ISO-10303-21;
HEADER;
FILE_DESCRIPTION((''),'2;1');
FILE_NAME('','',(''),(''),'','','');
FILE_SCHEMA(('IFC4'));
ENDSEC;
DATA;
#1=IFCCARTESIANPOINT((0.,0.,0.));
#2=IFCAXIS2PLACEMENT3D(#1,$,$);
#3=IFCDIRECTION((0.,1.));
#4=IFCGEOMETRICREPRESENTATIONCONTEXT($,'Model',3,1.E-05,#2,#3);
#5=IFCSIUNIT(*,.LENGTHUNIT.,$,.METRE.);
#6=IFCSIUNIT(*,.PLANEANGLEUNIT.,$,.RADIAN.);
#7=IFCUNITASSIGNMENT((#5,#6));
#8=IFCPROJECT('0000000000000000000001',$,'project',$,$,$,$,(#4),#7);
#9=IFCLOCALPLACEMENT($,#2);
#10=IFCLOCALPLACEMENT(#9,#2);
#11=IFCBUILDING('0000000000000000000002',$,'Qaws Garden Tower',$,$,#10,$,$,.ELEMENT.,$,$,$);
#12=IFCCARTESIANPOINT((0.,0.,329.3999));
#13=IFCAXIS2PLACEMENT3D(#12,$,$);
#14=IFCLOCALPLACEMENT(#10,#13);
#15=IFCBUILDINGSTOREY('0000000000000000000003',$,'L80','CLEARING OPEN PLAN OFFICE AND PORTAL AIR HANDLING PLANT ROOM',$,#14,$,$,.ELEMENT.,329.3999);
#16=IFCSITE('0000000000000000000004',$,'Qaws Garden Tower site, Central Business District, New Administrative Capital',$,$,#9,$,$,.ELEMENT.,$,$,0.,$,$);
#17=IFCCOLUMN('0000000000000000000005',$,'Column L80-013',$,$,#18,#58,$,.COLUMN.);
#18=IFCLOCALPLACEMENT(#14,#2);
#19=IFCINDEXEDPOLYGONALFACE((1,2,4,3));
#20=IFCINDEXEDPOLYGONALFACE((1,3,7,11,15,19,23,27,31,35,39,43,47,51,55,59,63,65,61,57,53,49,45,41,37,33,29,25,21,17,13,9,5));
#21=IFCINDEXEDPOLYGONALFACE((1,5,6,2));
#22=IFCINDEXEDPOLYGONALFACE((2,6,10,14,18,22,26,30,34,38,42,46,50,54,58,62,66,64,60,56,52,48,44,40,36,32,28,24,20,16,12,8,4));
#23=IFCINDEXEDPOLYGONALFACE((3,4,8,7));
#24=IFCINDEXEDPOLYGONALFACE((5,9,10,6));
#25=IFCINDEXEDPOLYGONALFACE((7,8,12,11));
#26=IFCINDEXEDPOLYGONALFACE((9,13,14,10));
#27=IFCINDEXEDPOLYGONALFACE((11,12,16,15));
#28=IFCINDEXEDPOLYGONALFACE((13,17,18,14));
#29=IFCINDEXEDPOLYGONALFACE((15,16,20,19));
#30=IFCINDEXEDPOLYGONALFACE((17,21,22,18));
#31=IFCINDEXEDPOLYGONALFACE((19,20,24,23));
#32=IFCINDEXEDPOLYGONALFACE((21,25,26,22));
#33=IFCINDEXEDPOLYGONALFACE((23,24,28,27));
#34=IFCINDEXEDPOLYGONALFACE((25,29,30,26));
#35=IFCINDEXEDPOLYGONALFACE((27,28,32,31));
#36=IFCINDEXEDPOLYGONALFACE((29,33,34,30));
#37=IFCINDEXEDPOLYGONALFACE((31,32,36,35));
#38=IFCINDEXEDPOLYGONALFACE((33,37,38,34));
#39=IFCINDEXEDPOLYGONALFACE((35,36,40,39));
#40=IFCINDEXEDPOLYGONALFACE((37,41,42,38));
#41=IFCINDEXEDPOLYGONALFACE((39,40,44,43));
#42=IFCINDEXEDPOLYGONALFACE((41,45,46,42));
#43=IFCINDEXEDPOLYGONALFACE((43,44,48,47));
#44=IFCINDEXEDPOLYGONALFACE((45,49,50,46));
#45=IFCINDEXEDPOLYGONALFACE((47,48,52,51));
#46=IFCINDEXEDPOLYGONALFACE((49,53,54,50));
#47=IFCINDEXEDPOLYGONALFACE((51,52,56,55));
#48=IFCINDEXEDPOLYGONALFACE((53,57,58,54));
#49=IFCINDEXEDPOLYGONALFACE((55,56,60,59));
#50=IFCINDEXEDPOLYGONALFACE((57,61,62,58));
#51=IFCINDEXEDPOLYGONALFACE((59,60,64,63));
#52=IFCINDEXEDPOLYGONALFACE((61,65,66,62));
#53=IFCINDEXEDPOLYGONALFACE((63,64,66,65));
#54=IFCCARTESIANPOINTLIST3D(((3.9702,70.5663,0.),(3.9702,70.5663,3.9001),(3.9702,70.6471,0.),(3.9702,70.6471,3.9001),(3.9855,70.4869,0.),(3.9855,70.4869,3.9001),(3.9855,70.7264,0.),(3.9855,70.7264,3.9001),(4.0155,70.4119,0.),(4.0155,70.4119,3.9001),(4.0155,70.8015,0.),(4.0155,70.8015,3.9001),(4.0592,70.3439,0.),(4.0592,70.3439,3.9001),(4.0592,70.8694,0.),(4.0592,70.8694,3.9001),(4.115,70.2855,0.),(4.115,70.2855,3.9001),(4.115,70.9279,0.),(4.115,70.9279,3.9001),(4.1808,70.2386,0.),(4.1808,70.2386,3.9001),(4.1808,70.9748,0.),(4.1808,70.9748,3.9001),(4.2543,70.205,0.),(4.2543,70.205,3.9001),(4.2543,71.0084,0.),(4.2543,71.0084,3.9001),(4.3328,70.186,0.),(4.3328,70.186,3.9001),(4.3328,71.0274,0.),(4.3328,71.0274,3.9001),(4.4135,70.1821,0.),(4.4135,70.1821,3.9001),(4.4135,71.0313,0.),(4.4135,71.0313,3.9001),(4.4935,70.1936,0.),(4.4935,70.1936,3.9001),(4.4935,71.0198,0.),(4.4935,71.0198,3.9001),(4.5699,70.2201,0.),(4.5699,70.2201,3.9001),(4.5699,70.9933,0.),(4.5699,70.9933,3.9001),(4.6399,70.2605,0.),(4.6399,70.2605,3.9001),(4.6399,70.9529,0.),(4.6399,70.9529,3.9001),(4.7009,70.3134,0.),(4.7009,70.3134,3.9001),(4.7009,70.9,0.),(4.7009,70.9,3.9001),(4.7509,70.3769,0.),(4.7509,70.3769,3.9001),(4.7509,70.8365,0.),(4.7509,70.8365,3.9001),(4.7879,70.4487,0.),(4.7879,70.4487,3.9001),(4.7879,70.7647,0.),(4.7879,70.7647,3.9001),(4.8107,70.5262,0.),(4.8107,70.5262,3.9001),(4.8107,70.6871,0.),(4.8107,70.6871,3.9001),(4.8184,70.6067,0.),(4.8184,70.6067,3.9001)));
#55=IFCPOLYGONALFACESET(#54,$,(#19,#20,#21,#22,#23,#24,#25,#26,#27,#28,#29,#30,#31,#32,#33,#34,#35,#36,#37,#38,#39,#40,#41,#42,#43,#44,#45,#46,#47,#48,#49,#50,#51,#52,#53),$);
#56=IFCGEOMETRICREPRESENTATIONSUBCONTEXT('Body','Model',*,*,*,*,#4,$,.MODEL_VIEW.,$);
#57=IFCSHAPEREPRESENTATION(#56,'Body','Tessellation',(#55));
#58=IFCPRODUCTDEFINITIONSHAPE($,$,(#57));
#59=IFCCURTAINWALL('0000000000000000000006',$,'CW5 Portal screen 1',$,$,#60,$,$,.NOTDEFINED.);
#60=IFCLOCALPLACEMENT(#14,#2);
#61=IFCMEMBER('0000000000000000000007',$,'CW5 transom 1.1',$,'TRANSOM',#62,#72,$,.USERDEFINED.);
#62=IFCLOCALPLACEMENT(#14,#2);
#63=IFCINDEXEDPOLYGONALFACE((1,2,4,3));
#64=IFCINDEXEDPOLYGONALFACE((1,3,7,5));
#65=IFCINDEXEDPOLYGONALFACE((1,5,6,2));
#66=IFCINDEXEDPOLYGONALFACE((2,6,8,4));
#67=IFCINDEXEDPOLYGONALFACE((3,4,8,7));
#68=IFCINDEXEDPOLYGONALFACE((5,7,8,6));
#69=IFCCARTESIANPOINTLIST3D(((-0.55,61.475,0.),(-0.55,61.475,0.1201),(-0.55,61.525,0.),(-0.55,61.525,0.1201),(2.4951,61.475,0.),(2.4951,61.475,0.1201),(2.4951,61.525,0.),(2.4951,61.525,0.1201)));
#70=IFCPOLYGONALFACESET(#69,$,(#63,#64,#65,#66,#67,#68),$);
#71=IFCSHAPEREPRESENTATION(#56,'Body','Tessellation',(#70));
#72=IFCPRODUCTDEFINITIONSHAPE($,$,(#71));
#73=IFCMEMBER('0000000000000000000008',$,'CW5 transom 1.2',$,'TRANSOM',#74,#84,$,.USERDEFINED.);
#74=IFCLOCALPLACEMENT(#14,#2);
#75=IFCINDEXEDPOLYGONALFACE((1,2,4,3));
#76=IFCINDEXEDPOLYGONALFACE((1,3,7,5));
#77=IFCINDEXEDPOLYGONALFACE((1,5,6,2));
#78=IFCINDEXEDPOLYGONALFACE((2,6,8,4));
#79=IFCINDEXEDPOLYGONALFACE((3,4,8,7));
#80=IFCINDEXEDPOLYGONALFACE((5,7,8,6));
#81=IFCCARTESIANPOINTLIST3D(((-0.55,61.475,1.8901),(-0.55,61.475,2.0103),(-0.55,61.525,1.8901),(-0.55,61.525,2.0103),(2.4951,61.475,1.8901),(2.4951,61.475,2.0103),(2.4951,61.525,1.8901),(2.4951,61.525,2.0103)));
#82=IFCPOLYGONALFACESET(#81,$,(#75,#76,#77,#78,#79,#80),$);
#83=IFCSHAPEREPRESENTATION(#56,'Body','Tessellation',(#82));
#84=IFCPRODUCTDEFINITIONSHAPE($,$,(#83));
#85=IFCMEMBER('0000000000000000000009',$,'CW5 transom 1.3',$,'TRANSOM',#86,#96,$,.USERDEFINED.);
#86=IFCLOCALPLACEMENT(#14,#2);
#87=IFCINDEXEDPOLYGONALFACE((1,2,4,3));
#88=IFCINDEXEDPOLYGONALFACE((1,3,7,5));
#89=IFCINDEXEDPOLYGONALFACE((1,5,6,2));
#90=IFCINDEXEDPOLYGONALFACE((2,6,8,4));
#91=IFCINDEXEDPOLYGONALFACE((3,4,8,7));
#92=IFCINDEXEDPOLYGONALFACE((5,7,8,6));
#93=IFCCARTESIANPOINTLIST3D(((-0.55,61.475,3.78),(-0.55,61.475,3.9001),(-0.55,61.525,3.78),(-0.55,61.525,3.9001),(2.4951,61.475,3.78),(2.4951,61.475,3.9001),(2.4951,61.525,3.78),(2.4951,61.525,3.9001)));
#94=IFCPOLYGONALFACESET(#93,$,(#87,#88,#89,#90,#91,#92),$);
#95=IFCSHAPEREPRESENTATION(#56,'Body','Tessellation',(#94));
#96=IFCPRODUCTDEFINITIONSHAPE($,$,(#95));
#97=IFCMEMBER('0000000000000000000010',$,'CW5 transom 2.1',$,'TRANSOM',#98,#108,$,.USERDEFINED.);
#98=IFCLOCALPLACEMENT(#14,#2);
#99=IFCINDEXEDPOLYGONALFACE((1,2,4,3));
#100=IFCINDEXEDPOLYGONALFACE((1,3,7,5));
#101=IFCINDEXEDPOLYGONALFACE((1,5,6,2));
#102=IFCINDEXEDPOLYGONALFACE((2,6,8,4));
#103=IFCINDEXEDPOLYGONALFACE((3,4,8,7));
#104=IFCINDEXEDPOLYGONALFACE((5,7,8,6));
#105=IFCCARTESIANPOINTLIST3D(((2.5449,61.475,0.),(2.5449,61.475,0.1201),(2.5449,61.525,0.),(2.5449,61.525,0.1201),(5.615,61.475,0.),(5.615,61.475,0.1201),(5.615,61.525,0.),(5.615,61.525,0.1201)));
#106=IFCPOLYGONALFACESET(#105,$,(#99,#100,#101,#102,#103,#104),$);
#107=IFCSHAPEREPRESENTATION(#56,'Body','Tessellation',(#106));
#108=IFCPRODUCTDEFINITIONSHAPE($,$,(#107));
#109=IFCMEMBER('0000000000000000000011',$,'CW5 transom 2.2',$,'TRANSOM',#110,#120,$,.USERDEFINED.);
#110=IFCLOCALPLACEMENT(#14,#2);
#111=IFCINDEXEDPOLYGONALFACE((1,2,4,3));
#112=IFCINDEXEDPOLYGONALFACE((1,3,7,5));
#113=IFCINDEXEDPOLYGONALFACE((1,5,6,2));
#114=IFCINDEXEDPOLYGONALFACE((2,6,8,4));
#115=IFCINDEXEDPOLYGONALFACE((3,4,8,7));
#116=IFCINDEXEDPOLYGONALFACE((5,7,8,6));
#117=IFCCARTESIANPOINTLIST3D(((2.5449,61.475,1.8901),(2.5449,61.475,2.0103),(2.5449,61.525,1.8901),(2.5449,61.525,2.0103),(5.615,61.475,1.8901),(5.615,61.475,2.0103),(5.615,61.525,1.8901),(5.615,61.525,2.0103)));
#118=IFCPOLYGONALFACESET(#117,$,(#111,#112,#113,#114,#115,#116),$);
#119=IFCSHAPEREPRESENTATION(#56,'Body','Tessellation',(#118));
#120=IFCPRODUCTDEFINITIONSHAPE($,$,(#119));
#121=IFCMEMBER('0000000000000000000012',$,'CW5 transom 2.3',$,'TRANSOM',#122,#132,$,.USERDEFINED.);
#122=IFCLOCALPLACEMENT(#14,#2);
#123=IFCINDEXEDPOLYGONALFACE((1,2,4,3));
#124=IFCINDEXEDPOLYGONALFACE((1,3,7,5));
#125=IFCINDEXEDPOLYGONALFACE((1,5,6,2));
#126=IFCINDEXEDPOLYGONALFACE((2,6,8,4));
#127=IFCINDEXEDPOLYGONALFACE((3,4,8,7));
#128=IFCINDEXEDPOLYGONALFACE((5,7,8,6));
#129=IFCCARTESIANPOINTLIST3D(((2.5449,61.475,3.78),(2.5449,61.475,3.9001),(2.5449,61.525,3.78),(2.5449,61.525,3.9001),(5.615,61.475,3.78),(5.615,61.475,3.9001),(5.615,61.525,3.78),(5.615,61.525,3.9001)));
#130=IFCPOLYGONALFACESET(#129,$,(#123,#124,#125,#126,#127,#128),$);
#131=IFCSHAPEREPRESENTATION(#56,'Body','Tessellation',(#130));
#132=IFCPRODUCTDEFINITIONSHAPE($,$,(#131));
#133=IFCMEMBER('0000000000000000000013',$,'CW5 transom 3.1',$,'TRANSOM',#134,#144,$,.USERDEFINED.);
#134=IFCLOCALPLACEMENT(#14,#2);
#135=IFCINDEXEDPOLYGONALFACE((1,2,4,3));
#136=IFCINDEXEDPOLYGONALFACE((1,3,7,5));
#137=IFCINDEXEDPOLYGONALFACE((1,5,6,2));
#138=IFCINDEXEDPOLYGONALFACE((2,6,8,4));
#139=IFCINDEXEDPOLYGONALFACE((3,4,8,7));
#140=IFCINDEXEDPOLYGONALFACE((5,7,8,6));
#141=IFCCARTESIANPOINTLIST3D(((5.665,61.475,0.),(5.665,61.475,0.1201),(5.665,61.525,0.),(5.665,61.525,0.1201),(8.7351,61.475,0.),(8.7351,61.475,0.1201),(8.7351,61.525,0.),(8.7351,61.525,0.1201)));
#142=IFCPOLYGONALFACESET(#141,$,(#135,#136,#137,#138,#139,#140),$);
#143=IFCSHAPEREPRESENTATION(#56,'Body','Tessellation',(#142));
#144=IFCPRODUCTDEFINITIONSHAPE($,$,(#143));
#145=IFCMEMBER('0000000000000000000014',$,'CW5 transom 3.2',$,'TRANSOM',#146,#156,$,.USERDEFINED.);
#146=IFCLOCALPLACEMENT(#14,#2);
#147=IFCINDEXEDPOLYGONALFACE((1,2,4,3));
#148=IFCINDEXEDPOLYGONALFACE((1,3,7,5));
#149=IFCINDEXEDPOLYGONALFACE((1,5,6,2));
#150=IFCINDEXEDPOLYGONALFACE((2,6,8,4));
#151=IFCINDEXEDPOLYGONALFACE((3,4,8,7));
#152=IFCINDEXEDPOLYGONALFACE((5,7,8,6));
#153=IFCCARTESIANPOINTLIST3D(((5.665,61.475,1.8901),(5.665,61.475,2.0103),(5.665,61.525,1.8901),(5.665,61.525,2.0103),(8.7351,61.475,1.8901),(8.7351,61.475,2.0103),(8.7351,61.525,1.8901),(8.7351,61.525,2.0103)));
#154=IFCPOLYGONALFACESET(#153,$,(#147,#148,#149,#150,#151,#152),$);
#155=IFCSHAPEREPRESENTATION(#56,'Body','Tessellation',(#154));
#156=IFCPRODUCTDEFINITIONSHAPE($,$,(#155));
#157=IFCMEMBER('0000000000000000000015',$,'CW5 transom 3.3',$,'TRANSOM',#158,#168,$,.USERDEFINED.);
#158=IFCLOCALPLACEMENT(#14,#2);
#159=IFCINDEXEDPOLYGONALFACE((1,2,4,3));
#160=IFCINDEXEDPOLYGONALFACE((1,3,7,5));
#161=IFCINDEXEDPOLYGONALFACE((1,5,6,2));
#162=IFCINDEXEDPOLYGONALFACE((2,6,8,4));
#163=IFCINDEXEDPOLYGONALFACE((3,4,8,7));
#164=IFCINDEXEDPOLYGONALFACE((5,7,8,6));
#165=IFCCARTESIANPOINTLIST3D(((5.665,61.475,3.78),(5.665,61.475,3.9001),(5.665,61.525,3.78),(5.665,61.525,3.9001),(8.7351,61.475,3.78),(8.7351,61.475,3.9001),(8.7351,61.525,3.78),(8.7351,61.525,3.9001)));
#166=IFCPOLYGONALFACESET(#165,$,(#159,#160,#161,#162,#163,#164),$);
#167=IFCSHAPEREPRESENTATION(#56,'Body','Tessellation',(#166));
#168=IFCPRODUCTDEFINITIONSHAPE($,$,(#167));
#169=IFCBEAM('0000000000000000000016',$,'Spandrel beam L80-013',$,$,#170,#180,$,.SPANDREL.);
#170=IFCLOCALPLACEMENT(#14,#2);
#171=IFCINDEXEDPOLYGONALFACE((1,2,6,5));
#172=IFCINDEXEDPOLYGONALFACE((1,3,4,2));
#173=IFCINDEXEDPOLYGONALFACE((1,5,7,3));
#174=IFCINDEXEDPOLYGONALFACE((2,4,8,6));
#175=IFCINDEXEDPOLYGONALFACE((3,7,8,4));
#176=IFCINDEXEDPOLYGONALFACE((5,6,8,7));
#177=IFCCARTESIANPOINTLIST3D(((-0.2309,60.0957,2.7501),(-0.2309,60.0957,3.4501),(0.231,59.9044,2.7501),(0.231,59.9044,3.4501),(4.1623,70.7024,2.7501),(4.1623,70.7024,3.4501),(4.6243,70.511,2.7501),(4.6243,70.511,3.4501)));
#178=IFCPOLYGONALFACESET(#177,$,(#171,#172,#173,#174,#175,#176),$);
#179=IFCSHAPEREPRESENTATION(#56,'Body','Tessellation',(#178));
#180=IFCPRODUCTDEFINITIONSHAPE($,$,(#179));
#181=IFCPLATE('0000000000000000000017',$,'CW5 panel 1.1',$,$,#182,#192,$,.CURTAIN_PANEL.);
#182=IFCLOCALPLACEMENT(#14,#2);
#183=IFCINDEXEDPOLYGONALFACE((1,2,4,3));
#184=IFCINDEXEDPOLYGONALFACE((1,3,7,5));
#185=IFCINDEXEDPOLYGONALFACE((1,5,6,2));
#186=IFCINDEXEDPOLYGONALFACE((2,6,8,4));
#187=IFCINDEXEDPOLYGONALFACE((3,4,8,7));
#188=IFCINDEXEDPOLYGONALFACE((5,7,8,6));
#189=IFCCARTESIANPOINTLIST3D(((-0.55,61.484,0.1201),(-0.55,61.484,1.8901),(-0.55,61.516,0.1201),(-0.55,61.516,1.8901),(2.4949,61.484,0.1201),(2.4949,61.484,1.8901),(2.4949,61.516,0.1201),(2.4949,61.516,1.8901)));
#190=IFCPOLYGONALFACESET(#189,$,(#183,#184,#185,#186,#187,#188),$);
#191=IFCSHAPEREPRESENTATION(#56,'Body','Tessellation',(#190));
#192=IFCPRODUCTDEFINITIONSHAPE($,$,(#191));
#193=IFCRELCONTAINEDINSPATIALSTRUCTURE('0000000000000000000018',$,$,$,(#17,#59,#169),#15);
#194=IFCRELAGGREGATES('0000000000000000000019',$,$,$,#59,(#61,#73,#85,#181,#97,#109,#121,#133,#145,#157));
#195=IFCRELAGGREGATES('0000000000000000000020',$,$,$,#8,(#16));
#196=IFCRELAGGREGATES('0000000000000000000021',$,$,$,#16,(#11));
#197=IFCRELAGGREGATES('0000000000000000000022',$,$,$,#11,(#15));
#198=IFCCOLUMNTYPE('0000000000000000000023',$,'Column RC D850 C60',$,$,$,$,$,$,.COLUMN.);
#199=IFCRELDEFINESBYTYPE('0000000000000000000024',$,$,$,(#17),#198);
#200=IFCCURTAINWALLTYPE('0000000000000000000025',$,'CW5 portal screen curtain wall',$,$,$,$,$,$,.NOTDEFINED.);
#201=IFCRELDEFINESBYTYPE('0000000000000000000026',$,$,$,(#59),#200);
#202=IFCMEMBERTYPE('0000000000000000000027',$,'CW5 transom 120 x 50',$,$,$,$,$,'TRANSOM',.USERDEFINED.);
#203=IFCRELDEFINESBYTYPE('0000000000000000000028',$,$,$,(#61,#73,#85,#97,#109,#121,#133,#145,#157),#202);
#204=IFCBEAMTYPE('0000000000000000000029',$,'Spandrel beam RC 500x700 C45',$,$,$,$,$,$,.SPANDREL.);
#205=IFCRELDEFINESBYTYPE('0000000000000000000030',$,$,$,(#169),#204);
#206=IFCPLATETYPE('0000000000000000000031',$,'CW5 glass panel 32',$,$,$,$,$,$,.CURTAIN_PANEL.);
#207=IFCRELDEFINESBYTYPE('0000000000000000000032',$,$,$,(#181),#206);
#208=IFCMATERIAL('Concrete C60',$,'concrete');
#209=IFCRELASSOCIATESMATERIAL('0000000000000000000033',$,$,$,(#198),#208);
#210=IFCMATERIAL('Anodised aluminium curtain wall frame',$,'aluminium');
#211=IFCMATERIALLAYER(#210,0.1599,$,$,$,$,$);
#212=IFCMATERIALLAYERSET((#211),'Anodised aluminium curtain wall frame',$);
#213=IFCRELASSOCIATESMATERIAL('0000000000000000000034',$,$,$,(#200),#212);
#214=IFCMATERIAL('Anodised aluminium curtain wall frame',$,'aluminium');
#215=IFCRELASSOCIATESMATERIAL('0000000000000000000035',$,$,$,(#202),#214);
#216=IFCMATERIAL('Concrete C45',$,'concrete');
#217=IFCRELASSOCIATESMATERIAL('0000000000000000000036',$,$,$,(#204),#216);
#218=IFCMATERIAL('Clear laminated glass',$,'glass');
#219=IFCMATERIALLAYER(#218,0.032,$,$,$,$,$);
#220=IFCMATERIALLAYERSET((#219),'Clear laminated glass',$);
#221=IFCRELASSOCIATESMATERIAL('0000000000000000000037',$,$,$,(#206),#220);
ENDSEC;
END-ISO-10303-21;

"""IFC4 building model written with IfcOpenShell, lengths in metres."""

from ifc_helpers import new_model, si_unit, direction, frame, origin, origin_2d, place, context, subcontext, project, spatial, rectangle, circle, extrude, material, layer, layer_set, material_profile, profile_set, type_object, element, aggregate, save


model = new_model("IFC4")

# Units and contexts
model_context = context("Model", 3, precision=1e-05, world=origin(), true_north=direction((0.0, 1.0)))
body_context = subcontext(model_context, "Body", "Model", "MODEL_VIEW")
ifc_project = project(units=[si_unit("LENGTHUNIT", "METRE"), si_unit("PLANEANGLEUNIT", "RADIAN")], contexts=[model_context])

# Site, building, storey
site_placement = place(None, origin())
site = spatial("IfcSite", under=ifc_project, at=site_placement, Name="Qaws Garden Tower site, Central Business District, New Administrative Capital", CompositionType="ELEMENT", RefElevation=0.0)
building_placement = place(site_placement, origin())
building = spatial("IfcBuilding", under=site, at=building_placement, Name="Qaws Garden Tower", CompositionType="ELEMENT")
storey_placement = place(building_placement, frame((0.0, 0.0, 329.3999)))
storey = spatial("IfcBuildingStorey", under=building, at=storey_placement, Name="L80", Description="CLEARING OPEN PLAN OFFICE AND PORTAL AIR HANDLING PLANT ROOM", CompositionType="ELEMENT", Elevation=329.3999)

# Column
ifc_material_1 = material(Name="Concrete C60", Category="concrete")
ifc_material_profile_1 = material_profile(ifc_material_1, circle(Radius=0.425, at=origin_2d()), Name="RC D850")
ifc_profile_set_1 = profile_set([ifc_material_profile_1], Name="Concrete C60")
column_type = type_object("IfcColumnType", Name="Column RC D850 C60", PredefinedType="COLUMN", material=ifc_profile_set_1)
column_placement = place(storey_placement, frame((4.3933, 70.6067, 0.0), z_axis=(0.0, 0.0, 1.0), x_axis=(1.0, 0.0, 0.0)))
element("IfcColumn", 1, at=column_placement, inside=storey, type_object=column_type, Name="Column L80-013", PredefinedType="COLUMN", context=body_context, shape_type="SweptSolid", body=[
    extrude(circle(Radius=0.425, at=origin_2d()), origin(), (0.0, 0.0, 1.0), 3.9001),
])

# Curtain wall, members
ifc_material_2 = material(Name="Anodised aluminium curtain wall frame", Category="aluminium")
ifc_layer_1 = layer(ifc_material_2, 0.1599)
ifc_layer_set_1 = layer_set([ifc_layer_1], Name="Anodised aluminium curtain wall frame")
curtain_wall_type = type_object("IfcCurtainWallType", Name="CW5 portal screen curtain wall", PredefinedType="NOTDEFINED", material=ifc_layer_set_1)
curtain_wall_placement = place(storey_placement, origin())
curtain_wall = element("IfcCurtainWall", 2, at=curtain_wall_placement, inside=storey, type_object=curtain_wall_type, Name="CW5 Portal screen 1", PredefinedType="NOTDEFINED")
ifc_material_3 = material(Name="Anodised aluminium curtain wall frame", Category="aluminium")
ifc_material_profile_2 = material_profile(ifc_material_3, rectangle(XDim=0.05, YDim=0.1201, at=origin_2d()), Name="AL 50x120")
ifc_profile_set_2 = profile_set([ifc_material_profile_2], Name="Anodised aluminium curtain wall frame")
member_type = type_object("IfcMemberType", Name="CW5 transom 120 x 50", ElementType="TRANSOM", PredefinedType="USERDEFINED", material=ifc_profile_set_2)
member_1_placement = place(storey_placement, frame((-0.55, 61.5, 0.0601), z_axis=(1.0, 0.0, 0.0), x_axis=(0.0, 1.0, 0.0)))
member_1 = element("IfcMember", 3, at=member_1_placement, type_object=member_type, Name="CW5 transom 1.1", ObjectType="TRANSOM", PredefinedType="USERDEFINED", context=body_context, shape_type="SweptSolid", body=[
    extrude(rectangle(XDim=0.05, YDim=0.1201, at=origin_2d()), origin(), (0.0, 0.0, 1.0), 3.0452),
])
member_2_placement = place(storey_placement, frame((-0.55, 61.5, 1.9502), z_axis=(1.0, 0.0, 0.0), x_axis=(0.0, 1.0, 0.0)))
member_2 = element("IfcMember", 4, at=member_2_placement, type_object=member_type, Name="CW5 transom 1.2", ObjectType="TRANSOM", PredefinedType="USERDEFINED", context=body_context, shape_type="SweptSolid", body=[
    extrude(rectangle(XDim=0.05, YDim=0.1201, at=origin_2d()), origin(), (0.0, 0.0, 1.0), 3.0452),
])
member_3_placement = place(storey_placement, frame((-0.55, 61.5, 3.8401), z_axis=(1.0, 0.0, 0.0), x_axis=(0.0, 1.0, 0.0)))
member_3 = element("IfcMember", 5, at=member_3_placement, type_object=member_type, Name="CW5 transom 1.3", ObjectType="TRANSOM", PredefinedType="USERDEFINED", context=body_context, shape_type="SweptSolid", body=[
    extrude(rectangle(XDim=0.05, YDim=0.1201, at=origin_2d()), origin(), (0.0, 0.0, 1.0), 3.0452),
])
member_4_placement = place(storey_placement, frame((2.5449, 61.5, 0.0601), z_axis=(1.0, 0.0, 0.0), x_axis=(0.0, 1.0, 0.0)))
member_4 = element("IfcMember", 6, at=member_4_placement, type_object=member_type, Name="CW5 transom 2.1", ObjectType="TRANSOM", PredefinedType="USERDEFINED", context=body_context, shape_type="SweptSolid", body=[
    extrude(rectangle(XDim=0.05, YDim=0.1201, at=origin_2d()), origin(), (0.0, 0.0, 1.0), 3.0701),
])
member_5_placement = place(storey_placement, frame((2.5449, 61.5, 1.9502), z_axis=(1.0, 0.0, 0.0), x_axis=(0.0, 1.0, 0.0)))
member_5 = element("IfcMember", 7, at=member_5_placement, type_object=member_type, Name="CW5 transom 2.2", ObjectType="TRANSOM", PredefinedType="USERDEFINED", context=body_context, shape_type="SweptSolid", body=[
    extrude(rectangle(XDim=0.05, YDim=0.1201, at=origin_2d()), origin(), (0.0, 0.0, 1.0), 3.0701),
])
member_6_placement = place(storey_placement, frame((2.5449, 61.5, 3.8401), z_axis=(1.0, 0.0, 0.0), x_axis=(0.0, 1.0, 0.0)))
member_6 = element("IfcMember", 8, at=member_6_placement, type_object=member_type, Name="CW5 transom 2.3", ObjectType="TRANSOM", PredefinedType="USERDEFINED", context=body_context, shape_type="SweptSolid", body=[
    extrude(rectangle(XDim=0.05, YDim=0.1201, at=origin_2d()), origin(), (0.0, 0.0, 1.0), 3.0701),
])
member_7_placement = place(storey_placement, frame((5.665, 61.5, 0.0601), z_axis=(1.0, 0.0, 0.0), x_axis=(0.0, 1.0, 0.0)))
member_7 = element("IfcMember", 9, at=member_7_placement, type_object=member_type, Name="CW5 transom 3.1", ObjectType="TRANSOM", PredefinedType="USERDEFINED", context=body_context, shape_type="SweptSolid", body=[
    extrude(rectangle(XDim=0.05, YDim=0.1201, at=origin_2d()), origin(), (0.0, 0.0, 1.0), 3.0701),
])
member_8_placement = place(storey_placement, frame((5.665, 61.5, 1.9502), z_axis=(1.0, 0.0, 0.0), x_axis=(0.0, 1.0, 0.0)))
member_8 = element("IfcMember", 10, at=member_8_placement, type_object=member_type, Name="CW5 transom 3.2", ObjectType="TRANSOM", PredefinedType="USERDEFINED", context=body_context, shape_type="SweptSolid", body=[
    extrude(rectangle(XDim=0.05, YDim=0.1201, at=origin_2d()), origin(), (0.0, 0.0, 1.0), 3.0701),
])
member_9_placement = place(storey_placement, frame((5.665, 61.5, 3.8401), z_axis=(1.0, 0.0, 0.0), x_axis=(0.0, 1.0, 0.0)))
member_9 = element("IfcMember", 11, at=member_9_placement, type_object=member_type, Name="CW5 transom 3.3", ObjectType="TRANSOM", PredefinedType="USERDEFINED", context=body_context, shape_type="SweptSolid", body=[
    extrude(rectangle(XDim=0.05, YDim=0.1201, at=origin_2d()), origin(), (0.0, 0.0, 1.0), 3.0701),
])

# Beam
ifc_material_4 = material(Name="Concrete C45", Category="concrete")
ifc_material_profile_3 = material_profile(ifc_material_4, rectangle(XDim=0.5, YDim=0.7, at=origin_2d()), Name="RC 500x700")
ifc_profile_set_3 = profile_set([ifc_material_profile_3], Name="Concrete C45")
beam_type = type_object("IfcBeamType", Name="Spandrel beam RC 500x700 C45", PredefinedType="SPANDREL", material=ifc_profile_set_3)
beam_placement = place(storey_placement, frame((4.3933, 70.6067, 3.1001), z_axis=(-0.382674, -0.923883, 0.0), x_axis=(0.923883, -0.382674, 0.0)))
element("IfcBeam", 12, at=beam_placement, inside=storey, type_object=beam_type, Name="Spandrel beam L80-013", PredefinedType="SPANDREL", context=body_context, shape_type="SweptSolid", body=[
    extrude(rectangle(XDim=0.5, YDim=0.7, at=origin_2d()), origin(), (0.0, 0.0, 1.0), 11.4805),
])

# Plate
ifc_material_5 = material(Name="Clear laminated glass", Category="glass")
ifc_layer_2 = layer(ifc_material_5, 0.032)
ifc_layer_set_2 = layer_set([ifc_layer_2], Name="Clear laminated glass")
plate_type = type_object("IfcPlateType", Name="CW5 glass panel 32", PredefinedType="CURTAIN_PANEL", material=ifc_layer_set_2)
plate_1_placement = place(storey_placement, frame((0.9724, 61.5, 0.1201), z_axis=(0.0, 0.0, 1.0), x_axis=(1.0, 0.0, 0.0)))
plate_1 = element("IfcPlate", 13, at=plate_1_placement, type_object=plate_type, Name="CW5 panel 1.1", PredefinedType="CURTAIN_PANEL", context=body_context, shape_type="SweptSolid", body=[
    extrude(rectangle(XDim=3.0449, YDim=0.032, at=origin_2d()), origin(), (0.0, 0.0, 1.0), 1.77),
])
aggregate(curtain_wall, [member_1, member_2, member_3, plate_1, member_4, member_5, member_6, member_7, member_8, member_9])

save(model, "model.ifc")
